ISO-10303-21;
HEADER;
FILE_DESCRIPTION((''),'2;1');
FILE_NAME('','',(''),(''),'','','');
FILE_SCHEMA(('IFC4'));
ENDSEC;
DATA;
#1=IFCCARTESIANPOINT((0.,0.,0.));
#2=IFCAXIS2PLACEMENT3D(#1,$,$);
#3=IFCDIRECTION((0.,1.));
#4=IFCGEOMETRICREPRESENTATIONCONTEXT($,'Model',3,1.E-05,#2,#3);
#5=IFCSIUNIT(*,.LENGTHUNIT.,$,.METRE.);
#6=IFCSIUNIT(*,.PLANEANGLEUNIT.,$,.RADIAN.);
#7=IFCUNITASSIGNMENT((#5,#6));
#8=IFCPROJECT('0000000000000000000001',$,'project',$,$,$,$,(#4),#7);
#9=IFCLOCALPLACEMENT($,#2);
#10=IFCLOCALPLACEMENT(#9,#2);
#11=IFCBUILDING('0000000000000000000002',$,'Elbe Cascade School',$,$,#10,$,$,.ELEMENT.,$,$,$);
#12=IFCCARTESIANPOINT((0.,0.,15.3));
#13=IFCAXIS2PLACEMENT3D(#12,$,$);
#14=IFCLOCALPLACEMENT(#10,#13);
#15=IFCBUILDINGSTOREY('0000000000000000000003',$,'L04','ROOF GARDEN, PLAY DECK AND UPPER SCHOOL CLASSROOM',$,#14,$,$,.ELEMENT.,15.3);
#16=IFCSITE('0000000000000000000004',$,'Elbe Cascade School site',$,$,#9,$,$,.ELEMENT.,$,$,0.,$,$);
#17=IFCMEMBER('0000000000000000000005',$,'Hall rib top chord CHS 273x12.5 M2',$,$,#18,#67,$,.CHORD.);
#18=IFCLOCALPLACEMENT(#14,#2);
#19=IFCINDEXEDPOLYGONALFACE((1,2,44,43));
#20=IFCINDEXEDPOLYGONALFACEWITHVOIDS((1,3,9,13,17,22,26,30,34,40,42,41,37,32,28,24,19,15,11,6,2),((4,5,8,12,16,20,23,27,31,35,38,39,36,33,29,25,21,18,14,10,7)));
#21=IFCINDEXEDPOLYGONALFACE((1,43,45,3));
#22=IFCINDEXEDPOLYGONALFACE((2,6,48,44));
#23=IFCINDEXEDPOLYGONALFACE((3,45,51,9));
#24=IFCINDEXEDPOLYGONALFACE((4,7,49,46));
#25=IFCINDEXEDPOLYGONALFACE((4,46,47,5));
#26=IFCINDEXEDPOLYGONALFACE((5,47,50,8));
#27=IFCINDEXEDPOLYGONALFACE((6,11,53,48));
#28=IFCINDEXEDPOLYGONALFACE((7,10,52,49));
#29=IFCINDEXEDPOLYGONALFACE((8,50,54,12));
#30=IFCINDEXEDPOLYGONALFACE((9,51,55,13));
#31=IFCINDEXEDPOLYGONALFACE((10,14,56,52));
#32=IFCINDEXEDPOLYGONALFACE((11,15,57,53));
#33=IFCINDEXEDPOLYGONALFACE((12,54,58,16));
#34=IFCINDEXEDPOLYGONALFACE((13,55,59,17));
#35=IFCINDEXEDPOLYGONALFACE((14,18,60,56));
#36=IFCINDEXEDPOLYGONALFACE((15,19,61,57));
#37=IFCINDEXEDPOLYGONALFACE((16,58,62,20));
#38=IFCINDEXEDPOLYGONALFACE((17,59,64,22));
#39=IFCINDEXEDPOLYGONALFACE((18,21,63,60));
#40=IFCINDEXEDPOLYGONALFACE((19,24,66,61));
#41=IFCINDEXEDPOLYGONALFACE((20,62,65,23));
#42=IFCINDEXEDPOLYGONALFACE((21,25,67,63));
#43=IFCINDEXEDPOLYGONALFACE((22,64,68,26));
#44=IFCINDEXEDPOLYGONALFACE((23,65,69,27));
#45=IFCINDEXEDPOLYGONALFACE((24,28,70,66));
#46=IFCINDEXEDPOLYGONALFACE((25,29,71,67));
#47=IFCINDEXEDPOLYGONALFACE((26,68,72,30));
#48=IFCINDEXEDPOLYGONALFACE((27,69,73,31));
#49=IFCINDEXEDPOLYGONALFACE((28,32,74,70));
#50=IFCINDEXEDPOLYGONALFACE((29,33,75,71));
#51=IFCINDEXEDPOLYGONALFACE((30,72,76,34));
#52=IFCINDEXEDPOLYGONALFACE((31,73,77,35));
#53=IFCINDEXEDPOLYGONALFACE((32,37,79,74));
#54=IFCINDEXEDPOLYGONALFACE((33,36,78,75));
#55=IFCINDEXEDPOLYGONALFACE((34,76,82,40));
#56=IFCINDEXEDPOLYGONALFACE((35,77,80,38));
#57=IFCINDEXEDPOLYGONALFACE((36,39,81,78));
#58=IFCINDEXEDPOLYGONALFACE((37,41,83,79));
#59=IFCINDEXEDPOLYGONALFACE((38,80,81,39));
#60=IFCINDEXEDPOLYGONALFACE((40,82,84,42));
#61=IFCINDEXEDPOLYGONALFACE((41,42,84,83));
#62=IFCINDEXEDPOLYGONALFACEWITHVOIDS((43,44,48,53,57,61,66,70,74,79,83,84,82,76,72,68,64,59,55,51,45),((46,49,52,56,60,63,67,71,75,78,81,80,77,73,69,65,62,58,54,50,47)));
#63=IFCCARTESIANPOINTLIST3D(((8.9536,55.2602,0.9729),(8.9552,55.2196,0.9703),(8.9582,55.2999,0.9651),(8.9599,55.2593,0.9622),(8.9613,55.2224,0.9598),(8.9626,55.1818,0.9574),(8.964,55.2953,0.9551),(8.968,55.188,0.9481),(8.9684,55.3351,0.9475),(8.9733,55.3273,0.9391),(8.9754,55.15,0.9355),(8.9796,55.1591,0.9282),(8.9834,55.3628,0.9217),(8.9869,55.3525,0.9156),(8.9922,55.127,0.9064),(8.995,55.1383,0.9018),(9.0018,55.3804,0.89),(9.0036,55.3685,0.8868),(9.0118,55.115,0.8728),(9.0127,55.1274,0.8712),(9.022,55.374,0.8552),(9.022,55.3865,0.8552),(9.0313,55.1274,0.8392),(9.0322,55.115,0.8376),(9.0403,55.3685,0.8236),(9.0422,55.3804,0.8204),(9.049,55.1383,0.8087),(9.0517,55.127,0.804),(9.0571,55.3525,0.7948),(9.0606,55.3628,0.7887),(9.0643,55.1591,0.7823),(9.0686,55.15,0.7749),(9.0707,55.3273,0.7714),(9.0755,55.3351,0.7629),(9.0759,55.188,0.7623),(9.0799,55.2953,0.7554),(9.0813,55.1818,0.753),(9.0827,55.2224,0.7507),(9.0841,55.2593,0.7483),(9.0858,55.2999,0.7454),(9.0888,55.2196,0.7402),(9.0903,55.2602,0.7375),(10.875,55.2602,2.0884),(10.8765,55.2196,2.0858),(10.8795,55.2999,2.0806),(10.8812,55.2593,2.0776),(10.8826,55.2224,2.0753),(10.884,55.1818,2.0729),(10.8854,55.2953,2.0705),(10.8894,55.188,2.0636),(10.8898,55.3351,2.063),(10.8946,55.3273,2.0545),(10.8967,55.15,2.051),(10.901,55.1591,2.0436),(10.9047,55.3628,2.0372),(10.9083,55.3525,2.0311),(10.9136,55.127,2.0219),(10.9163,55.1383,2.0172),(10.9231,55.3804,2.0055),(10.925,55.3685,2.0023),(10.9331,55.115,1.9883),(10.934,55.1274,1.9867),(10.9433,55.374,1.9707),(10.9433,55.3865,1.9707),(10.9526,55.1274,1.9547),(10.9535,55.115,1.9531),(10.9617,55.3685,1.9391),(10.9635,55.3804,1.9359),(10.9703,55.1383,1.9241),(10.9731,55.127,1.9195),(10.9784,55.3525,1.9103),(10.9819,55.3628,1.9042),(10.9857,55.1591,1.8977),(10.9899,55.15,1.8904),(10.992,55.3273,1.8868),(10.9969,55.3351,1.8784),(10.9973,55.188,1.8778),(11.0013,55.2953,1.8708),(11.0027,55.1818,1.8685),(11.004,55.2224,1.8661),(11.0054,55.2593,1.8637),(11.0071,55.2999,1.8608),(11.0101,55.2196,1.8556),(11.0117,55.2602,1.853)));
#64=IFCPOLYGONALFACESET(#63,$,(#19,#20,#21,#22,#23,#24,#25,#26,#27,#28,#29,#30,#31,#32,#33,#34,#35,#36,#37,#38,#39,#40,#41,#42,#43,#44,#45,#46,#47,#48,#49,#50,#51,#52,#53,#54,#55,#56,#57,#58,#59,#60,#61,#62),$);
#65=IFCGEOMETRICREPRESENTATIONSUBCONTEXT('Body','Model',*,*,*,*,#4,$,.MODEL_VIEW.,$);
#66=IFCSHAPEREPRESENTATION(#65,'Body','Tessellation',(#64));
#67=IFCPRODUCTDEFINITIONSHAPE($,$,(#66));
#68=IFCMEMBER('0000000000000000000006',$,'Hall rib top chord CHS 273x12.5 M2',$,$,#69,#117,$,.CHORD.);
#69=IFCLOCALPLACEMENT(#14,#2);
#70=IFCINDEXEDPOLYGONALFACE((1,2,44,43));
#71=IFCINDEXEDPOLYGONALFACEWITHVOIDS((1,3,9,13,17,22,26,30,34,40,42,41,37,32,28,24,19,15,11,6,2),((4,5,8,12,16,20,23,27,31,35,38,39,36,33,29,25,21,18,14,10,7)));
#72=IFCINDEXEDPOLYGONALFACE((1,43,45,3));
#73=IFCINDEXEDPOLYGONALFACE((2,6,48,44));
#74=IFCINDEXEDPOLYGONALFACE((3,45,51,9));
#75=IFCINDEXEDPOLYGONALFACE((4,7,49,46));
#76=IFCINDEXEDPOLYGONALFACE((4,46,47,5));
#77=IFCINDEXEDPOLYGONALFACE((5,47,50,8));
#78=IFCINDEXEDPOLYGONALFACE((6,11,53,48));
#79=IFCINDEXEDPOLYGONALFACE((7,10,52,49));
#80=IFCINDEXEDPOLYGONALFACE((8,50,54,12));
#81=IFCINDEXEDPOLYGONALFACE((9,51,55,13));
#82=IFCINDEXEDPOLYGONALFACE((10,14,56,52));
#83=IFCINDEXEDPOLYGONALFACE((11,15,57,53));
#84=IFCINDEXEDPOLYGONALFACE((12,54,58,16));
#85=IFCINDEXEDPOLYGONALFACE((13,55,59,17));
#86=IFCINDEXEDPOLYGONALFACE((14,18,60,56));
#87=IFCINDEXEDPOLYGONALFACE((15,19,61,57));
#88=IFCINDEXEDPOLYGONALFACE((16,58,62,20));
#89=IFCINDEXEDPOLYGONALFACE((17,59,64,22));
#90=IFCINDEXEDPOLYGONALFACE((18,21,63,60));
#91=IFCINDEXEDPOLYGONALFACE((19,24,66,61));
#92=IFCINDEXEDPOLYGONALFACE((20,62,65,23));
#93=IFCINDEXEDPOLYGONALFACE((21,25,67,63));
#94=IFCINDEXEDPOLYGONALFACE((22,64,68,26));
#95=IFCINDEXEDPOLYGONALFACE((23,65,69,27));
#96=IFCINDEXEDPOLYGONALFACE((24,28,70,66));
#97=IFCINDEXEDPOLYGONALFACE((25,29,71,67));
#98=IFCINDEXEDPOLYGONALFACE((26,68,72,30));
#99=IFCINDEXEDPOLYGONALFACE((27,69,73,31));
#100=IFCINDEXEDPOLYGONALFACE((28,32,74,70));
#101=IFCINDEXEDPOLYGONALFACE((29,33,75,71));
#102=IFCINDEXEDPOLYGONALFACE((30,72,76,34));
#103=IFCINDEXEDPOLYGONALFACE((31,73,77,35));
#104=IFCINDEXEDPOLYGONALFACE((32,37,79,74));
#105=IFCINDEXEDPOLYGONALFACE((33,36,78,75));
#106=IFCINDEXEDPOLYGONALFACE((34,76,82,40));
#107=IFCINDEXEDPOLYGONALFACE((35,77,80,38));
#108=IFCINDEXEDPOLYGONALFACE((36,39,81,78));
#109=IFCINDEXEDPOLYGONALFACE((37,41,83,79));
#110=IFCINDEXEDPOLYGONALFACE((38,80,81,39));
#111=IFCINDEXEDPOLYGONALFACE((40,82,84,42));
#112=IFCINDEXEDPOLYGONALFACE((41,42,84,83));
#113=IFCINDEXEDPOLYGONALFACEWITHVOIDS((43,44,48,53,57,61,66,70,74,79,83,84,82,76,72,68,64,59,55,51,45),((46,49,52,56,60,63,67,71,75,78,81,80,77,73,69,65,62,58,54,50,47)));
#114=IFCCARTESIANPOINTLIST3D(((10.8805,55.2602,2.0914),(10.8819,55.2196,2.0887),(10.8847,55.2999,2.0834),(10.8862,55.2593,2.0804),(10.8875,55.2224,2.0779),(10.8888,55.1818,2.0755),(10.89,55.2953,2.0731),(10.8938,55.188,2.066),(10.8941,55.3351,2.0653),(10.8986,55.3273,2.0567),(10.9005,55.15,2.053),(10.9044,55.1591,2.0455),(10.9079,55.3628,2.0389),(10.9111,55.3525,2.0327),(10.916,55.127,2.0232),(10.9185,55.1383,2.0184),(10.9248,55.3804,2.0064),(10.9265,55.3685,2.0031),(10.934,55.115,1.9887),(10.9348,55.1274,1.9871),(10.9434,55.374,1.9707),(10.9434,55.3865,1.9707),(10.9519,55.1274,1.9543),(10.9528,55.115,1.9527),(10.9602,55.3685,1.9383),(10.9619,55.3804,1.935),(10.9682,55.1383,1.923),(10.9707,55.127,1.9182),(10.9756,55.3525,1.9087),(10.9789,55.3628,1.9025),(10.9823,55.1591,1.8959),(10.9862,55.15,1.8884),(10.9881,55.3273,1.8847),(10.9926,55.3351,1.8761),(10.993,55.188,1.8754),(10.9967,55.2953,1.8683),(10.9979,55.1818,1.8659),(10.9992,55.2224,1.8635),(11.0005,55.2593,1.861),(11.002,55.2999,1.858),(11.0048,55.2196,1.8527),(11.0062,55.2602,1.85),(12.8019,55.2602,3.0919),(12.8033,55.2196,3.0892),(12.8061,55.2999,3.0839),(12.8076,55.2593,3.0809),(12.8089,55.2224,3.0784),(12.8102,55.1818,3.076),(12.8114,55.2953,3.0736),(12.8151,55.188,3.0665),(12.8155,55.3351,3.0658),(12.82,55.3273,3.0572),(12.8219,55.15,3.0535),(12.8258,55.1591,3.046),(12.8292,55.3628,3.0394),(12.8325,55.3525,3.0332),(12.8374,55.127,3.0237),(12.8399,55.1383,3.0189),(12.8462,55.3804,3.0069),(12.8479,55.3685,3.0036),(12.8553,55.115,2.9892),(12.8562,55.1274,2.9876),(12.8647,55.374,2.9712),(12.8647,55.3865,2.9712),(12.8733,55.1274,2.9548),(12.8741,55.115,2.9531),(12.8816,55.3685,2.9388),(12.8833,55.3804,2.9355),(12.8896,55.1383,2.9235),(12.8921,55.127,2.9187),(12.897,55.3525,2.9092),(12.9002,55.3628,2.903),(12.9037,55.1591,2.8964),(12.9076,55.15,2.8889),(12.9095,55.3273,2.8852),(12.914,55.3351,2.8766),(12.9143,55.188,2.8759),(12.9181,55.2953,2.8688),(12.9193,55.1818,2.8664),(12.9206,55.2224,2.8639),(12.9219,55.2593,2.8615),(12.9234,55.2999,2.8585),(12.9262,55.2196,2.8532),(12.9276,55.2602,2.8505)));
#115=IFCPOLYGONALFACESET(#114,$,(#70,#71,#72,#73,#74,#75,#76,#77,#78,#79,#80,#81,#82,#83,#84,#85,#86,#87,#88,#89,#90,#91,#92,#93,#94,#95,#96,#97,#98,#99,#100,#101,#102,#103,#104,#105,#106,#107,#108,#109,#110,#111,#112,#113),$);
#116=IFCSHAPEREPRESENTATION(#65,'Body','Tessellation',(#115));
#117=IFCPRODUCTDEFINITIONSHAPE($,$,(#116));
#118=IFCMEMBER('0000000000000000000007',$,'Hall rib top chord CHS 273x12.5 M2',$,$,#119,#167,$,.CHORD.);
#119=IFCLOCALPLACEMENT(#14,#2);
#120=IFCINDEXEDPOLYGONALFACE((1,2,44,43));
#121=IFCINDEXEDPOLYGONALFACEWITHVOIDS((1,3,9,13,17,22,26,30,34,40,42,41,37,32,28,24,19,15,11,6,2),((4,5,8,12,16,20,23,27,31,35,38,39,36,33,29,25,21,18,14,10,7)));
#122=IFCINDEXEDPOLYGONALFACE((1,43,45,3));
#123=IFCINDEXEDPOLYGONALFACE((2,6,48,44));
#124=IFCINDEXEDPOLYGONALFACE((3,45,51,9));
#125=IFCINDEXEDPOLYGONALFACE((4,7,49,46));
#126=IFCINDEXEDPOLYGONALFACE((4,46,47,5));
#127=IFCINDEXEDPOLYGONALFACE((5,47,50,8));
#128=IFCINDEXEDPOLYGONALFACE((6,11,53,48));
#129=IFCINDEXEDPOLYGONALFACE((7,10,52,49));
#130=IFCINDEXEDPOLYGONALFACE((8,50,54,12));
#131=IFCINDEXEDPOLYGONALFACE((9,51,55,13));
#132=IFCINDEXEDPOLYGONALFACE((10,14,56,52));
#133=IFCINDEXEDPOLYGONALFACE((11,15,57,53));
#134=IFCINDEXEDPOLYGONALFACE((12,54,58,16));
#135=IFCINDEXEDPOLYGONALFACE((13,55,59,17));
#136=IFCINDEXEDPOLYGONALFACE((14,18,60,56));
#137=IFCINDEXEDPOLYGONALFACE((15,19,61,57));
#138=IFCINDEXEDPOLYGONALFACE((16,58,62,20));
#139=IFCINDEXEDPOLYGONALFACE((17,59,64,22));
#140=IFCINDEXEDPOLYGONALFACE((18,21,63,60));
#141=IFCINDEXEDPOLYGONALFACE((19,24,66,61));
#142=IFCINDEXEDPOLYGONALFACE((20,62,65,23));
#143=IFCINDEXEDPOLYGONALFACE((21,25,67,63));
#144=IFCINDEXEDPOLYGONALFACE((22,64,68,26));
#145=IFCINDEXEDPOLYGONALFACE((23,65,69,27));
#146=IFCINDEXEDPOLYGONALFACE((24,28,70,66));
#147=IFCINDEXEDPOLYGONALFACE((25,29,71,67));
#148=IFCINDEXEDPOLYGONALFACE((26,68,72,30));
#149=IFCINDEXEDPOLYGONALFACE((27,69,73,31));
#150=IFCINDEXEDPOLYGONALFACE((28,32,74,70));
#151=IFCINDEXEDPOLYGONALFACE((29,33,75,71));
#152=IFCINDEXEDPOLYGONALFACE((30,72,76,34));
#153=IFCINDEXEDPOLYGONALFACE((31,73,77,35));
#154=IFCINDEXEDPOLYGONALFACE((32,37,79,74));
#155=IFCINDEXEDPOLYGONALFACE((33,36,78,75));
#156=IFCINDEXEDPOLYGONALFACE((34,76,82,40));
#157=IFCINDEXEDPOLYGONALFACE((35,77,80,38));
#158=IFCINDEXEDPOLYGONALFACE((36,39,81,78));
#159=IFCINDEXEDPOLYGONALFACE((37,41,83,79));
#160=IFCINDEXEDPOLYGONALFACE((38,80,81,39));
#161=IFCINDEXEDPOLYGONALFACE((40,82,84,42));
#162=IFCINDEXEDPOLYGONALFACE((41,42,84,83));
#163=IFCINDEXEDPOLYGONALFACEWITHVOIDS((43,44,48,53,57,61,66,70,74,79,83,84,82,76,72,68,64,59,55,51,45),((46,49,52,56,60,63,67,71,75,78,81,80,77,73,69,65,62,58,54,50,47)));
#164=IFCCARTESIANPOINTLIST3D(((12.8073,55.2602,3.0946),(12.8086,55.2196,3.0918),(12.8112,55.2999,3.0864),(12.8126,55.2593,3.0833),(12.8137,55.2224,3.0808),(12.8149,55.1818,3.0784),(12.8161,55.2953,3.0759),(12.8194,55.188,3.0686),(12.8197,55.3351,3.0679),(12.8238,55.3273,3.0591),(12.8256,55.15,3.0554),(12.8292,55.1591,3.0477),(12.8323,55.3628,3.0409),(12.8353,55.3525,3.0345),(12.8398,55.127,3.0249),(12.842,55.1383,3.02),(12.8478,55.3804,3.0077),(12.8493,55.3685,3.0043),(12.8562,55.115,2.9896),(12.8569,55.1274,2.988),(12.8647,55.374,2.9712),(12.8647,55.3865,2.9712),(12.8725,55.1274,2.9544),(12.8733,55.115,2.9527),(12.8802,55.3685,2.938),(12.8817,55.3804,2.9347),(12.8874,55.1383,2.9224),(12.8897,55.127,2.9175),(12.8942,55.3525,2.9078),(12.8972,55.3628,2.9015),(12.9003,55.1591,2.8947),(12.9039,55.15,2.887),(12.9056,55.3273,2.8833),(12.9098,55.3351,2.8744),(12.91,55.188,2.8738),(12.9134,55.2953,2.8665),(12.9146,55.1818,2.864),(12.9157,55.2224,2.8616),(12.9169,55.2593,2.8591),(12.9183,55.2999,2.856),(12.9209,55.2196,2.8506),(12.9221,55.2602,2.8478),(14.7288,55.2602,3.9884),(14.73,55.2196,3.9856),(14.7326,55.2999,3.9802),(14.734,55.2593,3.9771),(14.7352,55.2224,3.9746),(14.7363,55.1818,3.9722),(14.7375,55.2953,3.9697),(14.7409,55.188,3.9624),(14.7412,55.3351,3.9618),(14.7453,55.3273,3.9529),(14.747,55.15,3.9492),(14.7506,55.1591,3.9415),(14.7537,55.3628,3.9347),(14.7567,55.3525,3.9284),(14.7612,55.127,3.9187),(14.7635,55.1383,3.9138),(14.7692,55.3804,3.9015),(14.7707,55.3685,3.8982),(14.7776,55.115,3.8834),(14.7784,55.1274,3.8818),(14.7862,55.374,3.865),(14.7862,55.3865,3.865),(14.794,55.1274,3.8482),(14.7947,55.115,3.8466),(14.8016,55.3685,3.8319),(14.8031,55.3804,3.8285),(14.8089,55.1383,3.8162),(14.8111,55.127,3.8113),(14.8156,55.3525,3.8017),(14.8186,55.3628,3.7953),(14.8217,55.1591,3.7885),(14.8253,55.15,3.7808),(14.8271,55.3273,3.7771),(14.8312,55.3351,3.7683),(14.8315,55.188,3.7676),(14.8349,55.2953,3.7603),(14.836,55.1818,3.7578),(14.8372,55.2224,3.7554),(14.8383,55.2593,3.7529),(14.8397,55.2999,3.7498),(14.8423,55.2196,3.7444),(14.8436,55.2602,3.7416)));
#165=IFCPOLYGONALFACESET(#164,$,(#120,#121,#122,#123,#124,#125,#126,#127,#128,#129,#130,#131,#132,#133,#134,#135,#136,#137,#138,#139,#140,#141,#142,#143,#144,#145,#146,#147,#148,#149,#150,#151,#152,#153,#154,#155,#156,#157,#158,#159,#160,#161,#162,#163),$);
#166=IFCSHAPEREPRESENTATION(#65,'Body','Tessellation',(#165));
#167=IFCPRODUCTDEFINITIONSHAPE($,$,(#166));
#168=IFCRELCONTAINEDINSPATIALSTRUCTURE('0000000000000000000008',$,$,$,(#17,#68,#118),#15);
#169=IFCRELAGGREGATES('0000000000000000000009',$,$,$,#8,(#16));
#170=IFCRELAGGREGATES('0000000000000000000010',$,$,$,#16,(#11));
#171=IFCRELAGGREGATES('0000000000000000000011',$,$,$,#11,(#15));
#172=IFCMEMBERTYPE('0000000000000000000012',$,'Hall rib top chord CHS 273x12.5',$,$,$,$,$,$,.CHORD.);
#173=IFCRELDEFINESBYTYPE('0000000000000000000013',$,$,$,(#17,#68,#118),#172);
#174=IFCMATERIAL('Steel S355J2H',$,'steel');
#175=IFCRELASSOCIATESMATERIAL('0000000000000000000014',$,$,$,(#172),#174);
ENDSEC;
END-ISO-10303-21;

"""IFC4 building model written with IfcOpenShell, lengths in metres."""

from ifc_helpers import new_model, si_unit, direction, frame, origin, origin_2d, place, context, subcontext, project, spatial, hollow_circle, extrude, material, material_profile, profile_set, type_object, element, save


model = new_model("IFC4")

# Units and contexts
model_context = context("Model", 3, precision=1e-05, world=origin(), true_north=direction((0.0, 1.0)))
body_context = subcontext(model_context, "Body", "Model", "MODEL_VIEW")
ifc_project = project(units=[si_unit("LENGTHUNIT", "METRE"), si_unit("PLANEANGLEUNIT", "RADIAN")], contexts=[model_context])

# Site, building, storey
site_placement = place(None, origin())
site = spatial("IfcSite", under=ifc_project, at=site_placement, Name="Elbe Cascade School site", CompositionType="ELEMENT", RefElevation=0.0)
building_placement = place(site_placement, origin())
building = spatial("IfcBuilding", under=site, at=building_placement, Name="Elbe Cascade School", CompositionType="ELEMENT")
storey_placement = place(building_placement, frame((0.0, 0.0, 15.3)))
storey = spatial("IfcBuildingStorey", under=building, at=storey_placement, Name="L04", Description="ROOF GARDEN, PLAY DECK AND UPPER SCHOOL CLASSROOM", CompositionType="ELEMENT", Elevation=15.3)

# Members
ifc_material_1 = material(Name="Steel S355J2H", Category="steel")
ifc_material_profile_1 = material_profile(ifc_material_1, hollow_circle(Radius=0.1365, WallThickness=0.0125, at=origin_2d()), Name="CHS 273x12.5")
ifc_profile_set_1 = profile_set([ifc_material_profile_1], Name="Steel S355J2H")
member_type_1 = type_object("IfcMemberType", Name="Hall rib top chord CHS 273x12.5", PredefinedType="CHORD", material=ifc_profile_set_1)
member_1_placement = place(storey_placement, frame((9.022, 55.25, 0.8552), z_axis=(0.864821, 0.0, 0.50208), x_axis=(0.0, 1.0, 0.0)))
element("IfcMember", 1, at=member_1_placement, inside=storey, type_object=member_type_1, Name="Hall rib top chord CHS 273x12.5 M2", PredefinedType="CHORD", context=body_context, shape_type="SweptSolid", body=[
    extrude(hollow_circle(Radius=0.1365, WallThickness=0.0125, at=origin_2d()), origin(), (0.0, 0.0, 1.0), 2.2217),
])
member_2_placement = place(storey_placement, frame((10.9434, 55.25, 1.9707), z_axis=(0.886958, 0.0, 0.461849), x_axis=(0.0, 1.0, 0.0)))
element("IfcMember", 2, at=member_2_placement, inside=storey, type_object=member_type_1, Name="Hall rib top chord CHS 273x12.5 M2", PredefinedType="CHORD", context=body_context, shape_type="SweptSolid", body=[
    extrude(hollow_circle(Radius=0.1365, WallThickness=0.0125, at=origin_2d()), origin(), (0.0, 0.0, 1.0), 2.1663),
])
member_3_placement = place(storey_placement, frame((12.8647, 55.25, 2.9712), z_axis=(0.906698, 0.0, 0.421781), x_axis=(0.0, 1.0, 0.0)))
element("IfcMember", 3, at=member_3_placement, inside=storey, type_object=member_type_1, Name="Hall rib top chord CHS 273x12.5 M2", PredefinedType="CHORD", context=body_context, shape_type="SweptSolid", body=[
    extrude(hollow_circle(Radius=0.1365, WallThickness=0.0125, at=origin_2d()), origin(), (0.0, 0.0, 1.0), 2.1191),
])

save(model, "model.ifc")
